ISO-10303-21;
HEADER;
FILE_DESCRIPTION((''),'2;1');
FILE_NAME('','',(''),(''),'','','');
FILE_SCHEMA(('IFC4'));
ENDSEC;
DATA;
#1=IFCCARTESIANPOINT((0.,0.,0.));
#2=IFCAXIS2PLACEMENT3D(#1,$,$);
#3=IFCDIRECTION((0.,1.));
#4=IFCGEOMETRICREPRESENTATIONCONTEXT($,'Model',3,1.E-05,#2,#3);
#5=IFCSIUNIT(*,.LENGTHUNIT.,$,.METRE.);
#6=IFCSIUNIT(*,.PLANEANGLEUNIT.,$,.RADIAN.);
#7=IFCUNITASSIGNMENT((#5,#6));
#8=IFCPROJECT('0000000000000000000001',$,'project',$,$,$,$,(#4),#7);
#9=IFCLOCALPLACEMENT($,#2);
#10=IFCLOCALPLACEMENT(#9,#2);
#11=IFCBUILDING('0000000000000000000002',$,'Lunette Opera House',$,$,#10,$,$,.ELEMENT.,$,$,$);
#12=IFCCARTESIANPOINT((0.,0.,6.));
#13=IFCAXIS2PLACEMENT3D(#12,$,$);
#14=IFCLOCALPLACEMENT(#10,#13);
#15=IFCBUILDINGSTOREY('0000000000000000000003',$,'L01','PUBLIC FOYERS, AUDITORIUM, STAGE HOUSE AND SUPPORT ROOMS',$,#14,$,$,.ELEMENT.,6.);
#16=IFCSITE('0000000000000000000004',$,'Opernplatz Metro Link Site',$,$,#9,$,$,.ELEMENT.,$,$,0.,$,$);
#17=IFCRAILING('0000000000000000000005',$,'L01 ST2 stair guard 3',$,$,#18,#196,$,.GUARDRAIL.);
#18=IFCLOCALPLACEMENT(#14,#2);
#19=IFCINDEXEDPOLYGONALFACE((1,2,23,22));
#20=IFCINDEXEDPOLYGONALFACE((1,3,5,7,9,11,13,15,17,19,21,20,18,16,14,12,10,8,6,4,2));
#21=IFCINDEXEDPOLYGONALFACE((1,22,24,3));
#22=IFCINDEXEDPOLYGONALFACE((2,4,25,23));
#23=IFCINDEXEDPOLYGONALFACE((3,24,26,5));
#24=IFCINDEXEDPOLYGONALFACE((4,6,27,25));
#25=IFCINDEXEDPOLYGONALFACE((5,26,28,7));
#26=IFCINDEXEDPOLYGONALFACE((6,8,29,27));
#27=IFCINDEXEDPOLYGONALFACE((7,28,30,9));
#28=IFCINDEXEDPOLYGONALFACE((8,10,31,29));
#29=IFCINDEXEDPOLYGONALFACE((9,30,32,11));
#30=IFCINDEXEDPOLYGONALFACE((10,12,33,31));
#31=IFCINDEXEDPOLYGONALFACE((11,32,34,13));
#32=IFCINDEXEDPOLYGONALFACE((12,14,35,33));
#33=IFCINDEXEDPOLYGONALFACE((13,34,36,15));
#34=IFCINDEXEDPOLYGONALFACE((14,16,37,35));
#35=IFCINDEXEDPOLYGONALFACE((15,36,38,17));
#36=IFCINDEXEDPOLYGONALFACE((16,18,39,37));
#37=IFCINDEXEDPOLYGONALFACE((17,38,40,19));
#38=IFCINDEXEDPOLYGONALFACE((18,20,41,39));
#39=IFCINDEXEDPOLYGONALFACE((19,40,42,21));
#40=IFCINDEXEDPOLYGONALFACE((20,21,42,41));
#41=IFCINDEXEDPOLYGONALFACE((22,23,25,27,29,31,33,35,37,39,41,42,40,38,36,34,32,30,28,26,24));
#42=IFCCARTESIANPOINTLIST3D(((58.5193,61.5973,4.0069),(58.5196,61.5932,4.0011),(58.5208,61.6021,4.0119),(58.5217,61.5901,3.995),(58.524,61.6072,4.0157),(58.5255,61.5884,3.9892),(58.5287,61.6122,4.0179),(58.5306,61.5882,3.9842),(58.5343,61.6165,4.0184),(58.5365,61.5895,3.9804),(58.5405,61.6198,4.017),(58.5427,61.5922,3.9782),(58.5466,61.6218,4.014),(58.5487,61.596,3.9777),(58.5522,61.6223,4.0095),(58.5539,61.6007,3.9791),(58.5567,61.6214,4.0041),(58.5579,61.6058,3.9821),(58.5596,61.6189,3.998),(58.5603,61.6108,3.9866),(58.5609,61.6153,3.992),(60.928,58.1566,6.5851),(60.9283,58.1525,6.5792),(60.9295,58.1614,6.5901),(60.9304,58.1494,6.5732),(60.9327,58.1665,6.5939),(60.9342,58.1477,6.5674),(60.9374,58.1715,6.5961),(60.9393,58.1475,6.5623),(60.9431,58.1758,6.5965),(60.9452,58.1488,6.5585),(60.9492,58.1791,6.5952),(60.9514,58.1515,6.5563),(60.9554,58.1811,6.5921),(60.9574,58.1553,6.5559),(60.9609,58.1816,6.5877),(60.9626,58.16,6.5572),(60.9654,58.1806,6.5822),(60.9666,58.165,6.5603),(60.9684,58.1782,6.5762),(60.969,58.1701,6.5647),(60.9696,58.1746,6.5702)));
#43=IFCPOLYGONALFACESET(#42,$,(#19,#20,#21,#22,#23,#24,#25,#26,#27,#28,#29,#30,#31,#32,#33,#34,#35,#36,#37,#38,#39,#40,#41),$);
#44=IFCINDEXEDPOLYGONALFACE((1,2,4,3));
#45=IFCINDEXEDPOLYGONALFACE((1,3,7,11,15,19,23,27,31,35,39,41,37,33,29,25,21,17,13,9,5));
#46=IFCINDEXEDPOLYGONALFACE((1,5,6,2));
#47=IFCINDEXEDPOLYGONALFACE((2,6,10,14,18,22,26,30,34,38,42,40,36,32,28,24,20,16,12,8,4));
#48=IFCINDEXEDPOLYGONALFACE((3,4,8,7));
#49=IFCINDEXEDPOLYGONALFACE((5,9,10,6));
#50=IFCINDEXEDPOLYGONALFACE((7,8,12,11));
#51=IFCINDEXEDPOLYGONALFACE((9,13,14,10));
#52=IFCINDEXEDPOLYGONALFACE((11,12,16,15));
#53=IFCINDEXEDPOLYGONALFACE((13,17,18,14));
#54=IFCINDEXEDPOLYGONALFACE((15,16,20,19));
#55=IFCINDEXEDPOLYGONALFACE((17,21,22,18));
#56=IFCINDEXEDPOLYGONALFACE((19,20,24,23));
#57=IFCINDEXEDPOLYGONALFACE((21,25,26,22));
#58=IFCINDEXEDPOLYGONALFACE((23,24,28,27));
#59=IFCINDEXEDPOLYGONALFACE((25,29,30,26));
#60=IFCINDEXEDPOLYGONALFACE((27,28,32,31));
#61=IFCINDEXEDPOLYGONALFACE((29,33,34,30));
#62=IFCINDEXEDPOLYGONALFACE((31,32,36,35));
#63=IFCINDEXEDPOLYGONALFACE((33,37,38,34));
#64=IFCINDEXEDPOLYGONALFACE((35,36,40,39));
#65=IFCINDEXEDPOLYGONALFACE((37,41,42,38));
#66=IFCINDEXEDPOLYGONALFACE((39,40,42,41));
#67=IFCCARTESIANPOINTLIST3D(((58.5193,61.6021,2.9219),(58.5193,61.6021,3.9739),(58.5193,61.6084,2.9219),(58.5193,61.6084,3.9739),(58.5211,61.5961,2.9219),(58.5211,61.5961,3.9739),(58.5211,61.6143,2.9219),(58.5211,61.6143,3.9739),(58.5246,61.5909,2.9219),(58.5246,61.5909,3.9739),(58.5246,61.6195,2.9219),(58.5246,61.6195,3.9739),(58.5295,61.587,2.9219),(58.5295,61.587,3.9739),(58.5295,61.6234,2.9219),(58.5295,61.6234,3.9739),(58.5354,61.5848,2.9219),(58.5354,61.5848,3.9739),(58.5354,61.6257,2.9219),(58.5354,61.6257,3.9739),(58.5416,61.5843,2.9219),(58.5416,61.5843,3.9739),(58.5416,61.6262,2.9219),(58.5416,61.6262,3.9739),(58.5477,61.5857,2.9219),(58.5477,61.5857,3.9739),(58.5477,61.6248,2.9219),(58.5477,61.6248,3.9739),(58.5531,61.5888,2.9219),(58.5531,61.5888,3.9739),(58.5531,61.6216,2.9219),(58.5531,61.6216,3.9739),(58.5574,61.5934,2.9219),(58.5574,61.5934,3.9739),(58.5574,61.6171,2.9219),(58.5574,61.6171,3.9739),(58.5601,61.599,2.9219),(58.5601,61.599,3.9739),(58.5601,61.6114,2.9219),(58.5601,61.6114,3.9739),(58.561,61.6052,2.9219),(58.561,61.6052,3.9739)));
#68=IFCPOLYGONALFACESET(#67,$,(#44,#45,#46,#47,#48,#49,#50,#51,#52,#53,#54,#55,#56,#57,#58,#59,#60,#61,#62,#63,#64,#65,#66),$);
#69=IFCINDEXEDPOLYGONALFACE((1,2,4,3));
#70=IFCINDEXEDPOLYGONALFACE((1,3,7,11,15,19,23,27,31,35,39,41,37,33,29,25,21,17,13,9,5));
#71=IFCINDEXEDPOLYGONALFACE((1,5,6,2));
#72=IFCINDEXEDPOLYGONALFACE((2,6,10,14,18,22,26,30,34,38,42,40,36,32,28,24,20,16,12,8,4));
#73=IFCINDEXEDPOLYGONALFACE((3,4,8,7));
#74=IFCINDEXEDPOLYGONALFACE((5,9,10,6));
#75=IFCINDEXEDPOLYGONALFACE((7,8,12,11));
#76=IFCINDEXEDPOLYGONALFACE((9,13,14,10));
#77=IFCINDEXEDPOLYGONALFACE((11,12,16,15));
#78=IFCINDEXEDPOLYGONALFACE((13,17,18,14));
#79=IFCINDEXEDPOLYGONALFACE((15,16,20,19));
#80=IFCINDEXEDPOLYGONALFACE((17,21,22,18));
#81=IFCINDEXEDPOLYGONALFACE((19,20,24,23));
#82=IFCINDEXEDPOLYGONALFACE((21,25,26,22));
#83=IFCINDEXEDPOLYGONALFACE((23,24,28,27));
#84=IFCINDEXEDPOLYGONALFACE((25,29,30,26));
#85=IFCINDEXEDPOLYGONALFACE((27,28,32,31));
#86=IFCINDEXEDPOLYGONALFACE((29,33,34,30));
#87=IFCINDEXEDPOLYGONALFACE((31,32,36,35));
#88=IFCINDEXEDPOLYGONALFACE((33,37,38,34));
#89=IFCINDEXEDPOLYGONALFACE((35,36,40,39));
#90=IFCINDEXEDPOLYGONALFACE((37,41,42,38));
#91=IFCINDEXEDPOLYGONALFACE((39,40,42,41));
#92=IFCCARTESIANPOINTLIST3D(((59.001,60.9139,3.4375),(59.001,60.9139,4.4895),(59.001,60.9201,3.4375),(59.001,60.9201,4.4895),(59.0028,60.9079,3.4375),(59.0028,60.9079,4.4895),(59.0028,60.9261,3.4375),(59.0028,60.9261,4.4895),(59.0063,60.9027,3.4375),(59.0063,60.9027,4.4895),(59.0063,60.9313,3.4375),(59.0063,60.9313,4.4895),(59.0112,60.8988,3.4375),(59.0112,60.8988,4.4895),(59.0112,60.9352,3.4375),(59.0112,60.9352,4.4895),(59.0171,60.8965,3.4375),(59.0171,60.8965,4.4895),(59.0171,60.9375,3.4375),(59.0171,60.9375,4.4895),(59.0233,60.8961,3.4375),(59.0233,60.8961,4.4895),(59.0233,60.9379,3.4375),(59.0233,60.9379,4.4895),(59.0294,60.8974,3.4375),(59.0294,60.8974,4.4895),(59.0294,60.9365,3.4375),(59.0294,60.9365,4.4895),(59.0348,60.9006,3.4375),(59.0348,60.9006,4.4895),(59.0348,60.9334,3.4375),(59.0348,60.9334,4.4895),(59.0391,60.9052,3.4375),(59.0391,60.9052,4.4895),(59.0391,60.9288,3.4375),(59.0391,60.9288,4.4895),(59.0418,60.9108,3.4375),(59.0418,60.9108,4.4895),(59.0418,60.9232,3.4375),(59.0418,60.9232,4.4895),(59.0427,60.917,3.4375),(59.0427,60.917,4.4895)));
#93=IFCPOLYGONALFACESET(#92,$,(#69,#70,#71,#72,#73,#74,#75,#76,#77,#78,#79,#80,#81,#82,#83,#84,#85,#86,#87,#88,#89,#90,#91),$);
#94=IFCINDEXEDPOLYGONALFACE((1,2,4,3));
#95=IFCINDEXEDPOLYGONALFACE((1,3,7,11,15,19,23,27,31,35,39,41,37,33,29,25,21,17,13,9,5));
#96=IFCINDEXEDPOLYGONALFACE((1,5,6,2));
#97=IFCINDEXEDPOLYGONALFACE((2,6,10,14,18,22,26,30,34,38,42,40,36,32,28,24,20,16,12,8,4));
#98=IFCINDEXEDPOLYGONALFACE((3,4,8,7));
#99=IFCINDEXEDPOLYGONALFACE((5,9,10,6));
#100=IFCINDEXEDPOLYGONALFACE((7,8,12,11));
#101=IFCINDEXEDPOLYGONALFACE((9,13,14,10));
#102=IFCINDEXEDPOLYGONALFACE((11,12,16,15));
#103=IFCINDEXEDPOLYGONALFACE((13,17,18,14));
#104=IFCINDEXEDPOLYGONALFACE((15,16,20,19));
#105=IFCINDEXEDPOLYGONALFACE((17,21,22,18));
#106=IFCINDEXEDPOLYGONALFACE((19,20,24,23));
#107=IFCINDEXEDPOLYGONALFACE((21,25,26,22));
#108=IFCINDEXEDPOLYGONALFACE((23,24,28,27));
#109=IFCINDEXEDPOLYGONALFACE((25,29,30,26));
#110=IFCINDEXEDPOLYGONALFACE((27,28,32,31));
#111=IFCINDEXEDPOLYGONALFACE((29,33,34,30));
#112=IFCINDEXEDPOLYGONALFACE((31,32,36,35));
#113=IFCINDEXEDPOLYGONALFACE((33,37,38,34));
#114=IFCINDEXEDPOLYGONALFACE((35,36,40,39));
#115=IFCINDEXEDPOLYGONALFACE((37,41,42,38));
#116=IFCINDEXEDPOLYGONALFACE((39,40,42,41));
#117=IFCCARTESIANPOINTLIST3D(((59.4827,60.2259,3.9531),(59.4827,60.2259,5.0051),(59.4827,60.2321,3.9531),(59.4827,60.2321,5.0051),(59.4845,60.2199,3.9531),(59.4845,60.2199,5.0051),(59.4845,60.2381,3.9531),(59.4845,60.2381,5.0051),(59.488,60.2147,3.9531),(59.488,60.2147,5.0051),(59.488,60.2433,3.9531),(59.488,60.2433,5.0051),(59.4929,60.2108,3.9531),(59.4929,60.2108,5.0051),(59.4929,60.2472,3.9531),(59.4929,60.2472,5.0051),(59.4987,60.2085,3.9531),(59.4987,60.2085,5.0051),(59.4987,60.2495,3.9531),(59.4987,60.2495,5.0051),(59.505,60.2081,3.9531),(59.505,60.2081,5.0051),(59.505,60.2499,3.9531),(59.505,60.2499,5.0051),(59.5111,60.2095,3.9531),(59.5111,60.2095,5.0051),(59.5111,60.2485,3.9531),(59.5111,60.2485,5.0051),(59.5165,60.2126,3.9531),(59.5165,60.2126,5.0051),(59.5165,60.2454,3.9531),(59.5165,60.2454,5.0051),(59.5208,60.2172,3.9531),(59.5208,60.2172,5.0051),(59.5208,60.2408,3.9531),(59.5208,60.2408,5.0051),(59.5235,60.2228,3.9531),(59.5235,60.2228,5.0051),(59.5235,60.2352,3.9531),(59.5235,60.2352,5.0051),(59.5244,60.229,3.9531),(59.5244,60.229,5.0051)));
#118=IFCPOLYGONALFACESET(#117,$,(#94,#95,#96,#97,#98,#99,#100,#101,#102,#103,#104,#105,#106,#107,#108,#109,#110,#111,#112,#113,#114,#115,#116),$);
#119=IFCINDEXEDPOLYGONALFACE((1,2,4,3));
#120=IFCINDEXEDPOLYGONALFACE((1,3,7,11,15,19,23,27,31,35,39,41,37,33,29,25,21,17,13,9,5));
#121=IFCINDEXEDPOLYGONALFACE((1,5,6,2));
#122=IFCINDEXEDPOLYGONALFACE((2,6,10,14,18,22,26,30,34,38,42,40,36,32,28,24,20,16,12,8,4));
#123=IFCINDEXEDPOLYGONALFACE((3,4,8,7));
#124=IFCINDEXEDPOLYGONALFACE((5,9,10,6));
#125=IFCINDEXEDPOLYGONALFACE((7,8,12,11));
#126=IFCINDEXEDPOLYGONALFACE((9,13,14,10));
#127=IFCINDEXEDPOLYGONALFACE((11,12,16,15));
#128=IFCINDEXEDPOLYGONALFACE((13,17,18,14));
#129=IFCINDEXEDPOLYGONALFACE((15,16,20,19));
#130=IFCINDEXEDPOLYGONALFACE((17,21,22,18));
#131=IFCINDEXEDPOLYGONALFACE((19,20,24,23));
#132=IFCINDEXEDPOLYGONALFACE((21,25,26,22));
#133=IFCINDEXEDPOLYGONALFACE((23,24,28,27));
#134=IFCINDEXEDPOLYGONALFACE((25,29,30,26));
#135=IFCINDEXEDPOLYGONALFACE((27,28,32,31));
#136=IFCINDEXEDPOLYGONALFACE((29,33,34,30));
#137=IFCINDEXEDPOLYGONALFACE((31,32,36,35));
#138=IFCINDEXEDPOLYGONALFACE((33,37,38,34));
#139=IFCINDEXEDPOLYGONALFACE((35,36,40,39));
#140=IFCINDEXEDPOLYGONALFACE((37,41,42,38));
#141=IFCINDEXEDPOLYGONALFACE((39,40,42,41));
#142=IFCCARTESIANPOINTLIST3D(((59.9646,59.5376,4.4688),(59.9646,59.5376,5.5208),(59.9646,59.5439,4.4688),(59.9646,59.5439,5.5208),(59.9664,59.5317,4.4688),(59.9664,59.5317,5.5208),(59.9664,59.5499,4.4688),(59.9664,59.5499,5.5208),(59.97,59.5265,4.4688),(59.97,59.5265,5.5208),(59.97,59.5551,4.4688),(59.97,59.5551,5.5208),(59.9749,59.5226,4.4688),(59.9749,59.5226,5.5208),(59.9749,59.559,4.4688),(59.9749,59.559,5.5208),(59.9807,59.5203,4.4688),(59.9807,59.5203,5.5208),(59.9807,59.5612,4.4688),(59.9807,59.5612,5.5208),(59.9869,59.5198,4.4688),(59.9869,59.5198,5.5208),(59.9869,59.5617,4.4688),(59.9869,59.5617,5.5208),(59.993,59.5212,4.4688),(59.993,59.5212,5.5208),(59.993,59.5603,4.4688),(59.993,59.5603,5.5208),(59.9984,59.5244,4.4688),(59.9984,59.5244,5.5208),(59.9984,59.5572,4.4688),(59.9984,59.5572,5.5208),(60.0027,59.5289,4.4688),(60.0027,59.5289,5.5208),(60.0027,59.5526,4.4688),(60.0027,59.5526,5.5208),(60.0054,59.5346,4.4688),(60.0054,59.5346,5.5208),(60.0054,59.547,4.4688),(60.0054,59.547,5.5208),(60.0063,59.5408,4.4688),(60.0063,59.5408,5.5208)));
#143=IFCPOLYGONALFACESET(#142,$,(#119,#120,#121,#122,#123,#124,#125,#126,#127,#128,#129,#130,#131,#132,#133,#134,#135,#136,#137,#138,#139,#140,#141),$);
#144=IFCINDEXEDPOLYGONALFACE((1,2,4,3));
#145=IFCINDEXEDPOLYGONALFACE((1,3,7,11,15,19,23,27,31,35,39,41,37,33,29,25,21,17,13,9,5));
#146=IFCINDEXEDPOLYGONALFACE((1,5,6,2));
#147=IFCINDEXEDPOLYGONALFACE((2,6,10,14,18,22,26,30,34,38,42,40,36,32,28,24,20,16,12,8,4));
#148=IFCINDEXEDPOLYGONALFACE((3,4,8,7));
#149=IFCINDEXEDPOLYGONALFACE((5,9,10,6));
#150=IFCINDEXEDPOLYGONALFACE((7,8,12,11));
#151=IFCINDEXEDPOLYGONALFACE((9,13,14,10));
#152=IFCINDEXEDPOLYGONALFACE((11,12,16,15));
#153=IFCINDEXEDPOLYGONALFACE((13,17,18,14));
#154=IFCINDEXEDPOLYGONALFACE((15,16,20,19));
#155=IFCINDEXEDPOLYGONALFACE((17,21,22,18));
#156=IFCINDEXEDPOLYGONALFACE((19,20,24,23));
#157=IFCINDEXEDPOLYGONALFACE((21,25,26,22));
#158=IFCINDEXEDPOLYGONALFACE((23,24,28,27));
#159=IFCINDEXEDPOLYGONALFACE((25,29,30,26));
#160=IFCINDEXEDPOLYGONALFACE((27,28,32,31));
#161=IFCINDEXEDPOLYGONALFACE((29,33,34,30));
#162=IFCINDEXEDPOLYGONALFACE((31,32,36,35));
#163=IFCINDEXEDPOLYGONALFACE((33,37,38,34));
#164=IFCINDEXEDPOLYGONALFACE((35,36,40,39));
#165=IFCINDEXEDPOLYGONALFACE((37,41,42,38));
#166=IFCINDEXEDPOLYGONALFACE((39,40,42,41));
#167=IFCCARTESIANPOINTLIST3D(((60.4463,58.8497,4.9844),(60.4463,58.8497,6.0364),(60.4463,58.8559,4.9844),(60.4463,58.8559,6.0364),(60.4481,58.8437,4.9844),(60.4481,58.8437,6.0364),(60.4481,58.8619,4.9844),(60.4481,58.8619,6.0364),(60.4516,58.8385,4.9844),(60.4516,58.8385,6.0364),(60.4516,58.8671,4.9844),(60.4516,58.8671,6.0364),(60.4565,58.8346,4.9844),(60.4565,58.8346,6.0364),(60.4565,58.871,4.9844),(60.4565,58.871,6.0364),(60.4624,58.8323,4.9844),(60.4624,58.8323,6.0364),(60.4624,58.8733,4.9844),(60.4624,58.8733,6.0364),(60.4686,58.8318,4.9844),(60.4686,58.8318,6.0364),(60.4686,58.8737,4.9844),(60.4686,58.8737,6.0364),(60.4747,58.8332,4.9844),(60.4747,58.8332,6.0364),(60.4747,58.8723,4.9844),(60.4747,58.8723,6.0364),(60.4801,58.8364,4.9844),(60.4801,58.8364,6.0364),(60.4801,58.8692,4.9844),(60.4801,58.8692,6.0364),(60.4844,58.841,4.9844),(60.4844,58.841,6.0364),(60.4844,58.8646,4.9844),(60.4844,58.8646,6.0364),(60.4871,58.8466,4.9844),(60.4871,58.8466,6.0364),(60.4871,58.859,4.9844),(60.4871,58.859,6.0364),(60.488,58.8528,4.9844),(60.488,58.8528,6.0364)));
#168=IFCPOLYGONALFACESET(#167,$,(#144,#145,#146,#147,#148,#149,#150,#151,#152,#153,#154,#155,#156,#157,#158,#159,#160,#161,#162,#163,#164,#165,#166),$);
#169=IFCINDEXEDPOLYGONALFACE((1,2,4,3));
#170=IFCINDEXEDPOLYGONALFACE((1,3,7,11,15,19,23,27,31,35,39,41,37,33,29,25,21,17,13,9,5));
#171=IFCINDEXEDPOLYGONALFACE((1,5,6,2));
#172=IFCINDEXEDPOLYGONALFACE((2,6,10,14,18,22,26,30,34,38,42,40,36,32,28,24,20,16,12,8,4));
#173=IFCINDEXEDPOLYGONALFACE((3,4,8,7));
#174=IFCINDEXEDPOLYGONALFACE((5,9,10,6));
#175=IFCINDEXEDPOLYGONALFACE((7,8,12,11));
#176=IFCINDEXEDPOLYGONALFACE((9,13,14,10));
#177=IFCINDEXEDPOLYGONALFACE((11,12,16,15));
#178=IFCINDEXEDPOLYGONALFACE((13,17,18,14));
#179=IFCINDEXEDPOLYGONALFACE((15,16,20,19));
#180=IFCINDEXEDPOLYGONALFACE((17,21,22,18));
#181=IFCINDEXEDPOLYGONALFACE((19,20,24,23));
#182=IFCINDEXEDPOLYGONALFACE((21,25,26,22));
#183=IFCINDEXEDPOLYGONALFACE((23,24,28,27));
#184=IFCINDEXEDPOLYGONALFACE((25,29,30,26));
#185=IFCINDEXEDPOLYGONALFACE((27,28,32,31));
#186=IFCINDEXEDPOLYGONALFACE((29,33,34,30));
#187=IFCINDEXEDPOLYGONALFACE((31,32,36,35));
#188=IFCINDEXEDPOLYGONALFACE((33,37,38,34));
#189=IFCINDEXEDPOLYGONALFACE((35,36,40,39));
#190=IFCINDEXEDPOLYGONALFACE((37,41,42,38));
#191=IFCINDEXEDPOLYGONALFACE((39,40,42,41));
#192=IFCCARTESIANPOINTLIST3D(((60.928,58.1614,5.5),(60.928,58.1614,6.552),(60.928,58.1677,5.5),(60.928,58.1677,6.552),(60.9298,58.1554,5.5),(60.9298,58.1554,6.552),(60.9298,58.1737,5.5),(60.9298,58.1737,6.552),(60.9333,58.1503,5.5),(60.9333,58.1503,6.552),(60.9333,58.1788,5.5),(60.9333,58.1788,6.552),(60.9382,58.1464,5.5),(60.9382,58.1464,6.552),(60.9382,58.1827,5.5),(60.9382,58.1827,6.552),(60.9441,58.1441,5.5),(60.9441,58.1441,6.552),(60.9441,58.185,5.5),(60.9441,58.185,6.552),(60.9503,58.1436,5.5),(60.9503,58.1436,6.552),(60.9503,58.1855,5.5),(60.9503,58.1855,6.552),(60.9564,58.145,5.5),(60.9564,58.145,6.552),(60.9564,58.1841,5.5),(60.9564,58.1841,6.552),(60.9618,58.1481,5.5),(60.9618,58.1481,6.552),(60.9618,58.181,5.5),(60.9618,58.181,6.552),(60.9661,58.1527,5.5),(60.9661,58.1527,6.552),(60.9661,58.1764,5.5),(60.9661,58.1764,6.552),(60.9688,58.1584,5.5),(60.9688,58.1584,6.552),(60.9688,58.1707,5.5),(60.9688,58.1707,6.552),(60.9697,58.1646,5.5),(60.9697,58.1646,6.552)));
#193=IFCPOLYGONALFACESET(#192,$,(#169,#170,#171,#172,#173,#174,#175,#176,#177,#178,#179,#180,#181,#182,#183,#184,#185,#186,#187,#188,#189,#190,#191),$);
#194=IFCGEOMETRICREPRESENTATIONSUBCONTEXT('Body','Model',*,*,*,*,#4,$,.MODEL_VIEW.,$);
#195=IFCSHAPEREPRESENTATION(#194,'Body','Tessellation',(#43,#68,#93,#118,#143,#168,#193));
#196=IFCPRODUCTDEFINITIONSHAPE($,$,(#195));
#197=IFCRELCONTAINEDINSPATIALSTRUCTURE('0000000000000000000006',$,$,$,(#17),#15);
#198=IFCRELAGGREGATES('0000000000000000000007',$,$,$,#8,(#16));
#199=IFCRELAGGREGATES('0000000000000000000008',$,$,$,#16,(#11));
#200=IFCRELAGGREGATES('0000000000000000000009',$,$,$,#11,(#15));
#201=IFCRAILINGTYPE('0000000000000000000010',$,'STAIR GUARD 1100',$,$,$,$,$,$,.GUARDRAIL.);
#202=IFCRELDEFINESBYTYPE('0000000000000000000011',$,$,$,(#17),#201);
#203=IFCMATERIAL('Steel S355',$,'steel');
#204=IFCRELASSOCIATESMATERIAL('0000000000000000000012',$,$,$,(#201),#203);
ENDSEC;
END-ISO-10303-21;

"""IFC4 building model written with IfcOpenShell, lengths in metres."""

from ifc_helpers import new_model, si_unit, direction, frame, origin, origin_2d, place, context, subcontext, project, spatial, circle, extrude, material, type_object, element, save


model = new_model("IFC4")

# Units and contexts
model_context = context("Model", 3, precision=1e-05, world=origin(), true_north=direction((0.0, 1.0)))
body_context = subcontext(model_context, "Body", "Model", "MODEL_VIEW")
ifc_project = project(units=[si_unit("LENGTHUNIT", "METRE"), si_unit("PLANEANGLEUNIT", "RADIAN")], contexts=[model_context])

# Site, building, storey
site_placement = place(None, origin())
site = spatial("IfcSite", under=ifc_project, at=site_placement, Name="Opernplatz Metro Link Site", CompositionType="ELEMENT", RefElevation=0.0)
building_placement = place(site_placement, origin())
building = spatial("IfcBuilding", under=site, at=building_placement, Name="Lunette Opera House", CompositionType="ELEMENT")
storey_placement = place(building_placement, frame((0.0, 0.0, 6.0)))
storey = spatial("IfcBuildingStorey", under=building, at=storey_placement, Name="L01", Description="PUBLIC FOYERS, AUDITORIUM, STAGE HOUSE AND SUPPORT ROOMS", CompositionType="ELEMENT", Elevation=6.0)

# Railing
ifc_material_1 = material(Name="Steel S355", Category="steel")
railing_type_1 = type_object("IfcRailingType", Name="STAIR GUARD 1100", PredefinedType="GUARDRAIL", material=ifc_material_1)
railing_1_placement = place(storey_placement, frame((58.54, 61.6052, 2.9219)))
element("IfcRailing", 1, at=railing_1_placement, inside=storey, type_object=railing_type_1, Name="L01 ST2 stair guard 3", PredefinedType="GUARDRAIL", context=body_context, shape_type="SweptSolid", body=[
    extrude(circle(Radius=0.0239, at=origin_2d()), frame((0.0, 0.0, 1.0762), z_axis=(0.488761, -0.698166, 0.523142), x_axis=(0.819207, 0.573497, 0.0)), (0.0, 0.0, 1.0), 4.9282),
    extrude(circle(Radius=0.021, at=origin_2d()), origin(), (0.0, 0.0, 1.0), 1.052),
    extrude(circle(Radius=0.021, at=origin_2d()), frame((0.4817, -0.6882, 0.5156)), (0.0, 0.0, 1.0), 1.052),
    extrude(circle(Radius=0.021, at=origin_2d()), frame((0.9634, -1.3762, 1.0312)), (0.0, 0.0, 1.0), 1.052),
    extrude(circle(Radius=0.021, at=origin_2d()), frame((1.4453, -2.0645, 1.5469)), (0.0, 0.0, 1.0), 1.052),
    extrude(circle(Radius=0.021, at=origin_2d()), frame((1.927, -2.7524, 2.0625)), (0.0, 0.0, 1.0), 1.052),
    extrude(circle(Radius=0.021, at=origin_2d()), frame((2.4087, -3.4407, 2.5781)), (0.0, 0.0, 1.0), 1.052),
])

save(model, "model.ifc")
